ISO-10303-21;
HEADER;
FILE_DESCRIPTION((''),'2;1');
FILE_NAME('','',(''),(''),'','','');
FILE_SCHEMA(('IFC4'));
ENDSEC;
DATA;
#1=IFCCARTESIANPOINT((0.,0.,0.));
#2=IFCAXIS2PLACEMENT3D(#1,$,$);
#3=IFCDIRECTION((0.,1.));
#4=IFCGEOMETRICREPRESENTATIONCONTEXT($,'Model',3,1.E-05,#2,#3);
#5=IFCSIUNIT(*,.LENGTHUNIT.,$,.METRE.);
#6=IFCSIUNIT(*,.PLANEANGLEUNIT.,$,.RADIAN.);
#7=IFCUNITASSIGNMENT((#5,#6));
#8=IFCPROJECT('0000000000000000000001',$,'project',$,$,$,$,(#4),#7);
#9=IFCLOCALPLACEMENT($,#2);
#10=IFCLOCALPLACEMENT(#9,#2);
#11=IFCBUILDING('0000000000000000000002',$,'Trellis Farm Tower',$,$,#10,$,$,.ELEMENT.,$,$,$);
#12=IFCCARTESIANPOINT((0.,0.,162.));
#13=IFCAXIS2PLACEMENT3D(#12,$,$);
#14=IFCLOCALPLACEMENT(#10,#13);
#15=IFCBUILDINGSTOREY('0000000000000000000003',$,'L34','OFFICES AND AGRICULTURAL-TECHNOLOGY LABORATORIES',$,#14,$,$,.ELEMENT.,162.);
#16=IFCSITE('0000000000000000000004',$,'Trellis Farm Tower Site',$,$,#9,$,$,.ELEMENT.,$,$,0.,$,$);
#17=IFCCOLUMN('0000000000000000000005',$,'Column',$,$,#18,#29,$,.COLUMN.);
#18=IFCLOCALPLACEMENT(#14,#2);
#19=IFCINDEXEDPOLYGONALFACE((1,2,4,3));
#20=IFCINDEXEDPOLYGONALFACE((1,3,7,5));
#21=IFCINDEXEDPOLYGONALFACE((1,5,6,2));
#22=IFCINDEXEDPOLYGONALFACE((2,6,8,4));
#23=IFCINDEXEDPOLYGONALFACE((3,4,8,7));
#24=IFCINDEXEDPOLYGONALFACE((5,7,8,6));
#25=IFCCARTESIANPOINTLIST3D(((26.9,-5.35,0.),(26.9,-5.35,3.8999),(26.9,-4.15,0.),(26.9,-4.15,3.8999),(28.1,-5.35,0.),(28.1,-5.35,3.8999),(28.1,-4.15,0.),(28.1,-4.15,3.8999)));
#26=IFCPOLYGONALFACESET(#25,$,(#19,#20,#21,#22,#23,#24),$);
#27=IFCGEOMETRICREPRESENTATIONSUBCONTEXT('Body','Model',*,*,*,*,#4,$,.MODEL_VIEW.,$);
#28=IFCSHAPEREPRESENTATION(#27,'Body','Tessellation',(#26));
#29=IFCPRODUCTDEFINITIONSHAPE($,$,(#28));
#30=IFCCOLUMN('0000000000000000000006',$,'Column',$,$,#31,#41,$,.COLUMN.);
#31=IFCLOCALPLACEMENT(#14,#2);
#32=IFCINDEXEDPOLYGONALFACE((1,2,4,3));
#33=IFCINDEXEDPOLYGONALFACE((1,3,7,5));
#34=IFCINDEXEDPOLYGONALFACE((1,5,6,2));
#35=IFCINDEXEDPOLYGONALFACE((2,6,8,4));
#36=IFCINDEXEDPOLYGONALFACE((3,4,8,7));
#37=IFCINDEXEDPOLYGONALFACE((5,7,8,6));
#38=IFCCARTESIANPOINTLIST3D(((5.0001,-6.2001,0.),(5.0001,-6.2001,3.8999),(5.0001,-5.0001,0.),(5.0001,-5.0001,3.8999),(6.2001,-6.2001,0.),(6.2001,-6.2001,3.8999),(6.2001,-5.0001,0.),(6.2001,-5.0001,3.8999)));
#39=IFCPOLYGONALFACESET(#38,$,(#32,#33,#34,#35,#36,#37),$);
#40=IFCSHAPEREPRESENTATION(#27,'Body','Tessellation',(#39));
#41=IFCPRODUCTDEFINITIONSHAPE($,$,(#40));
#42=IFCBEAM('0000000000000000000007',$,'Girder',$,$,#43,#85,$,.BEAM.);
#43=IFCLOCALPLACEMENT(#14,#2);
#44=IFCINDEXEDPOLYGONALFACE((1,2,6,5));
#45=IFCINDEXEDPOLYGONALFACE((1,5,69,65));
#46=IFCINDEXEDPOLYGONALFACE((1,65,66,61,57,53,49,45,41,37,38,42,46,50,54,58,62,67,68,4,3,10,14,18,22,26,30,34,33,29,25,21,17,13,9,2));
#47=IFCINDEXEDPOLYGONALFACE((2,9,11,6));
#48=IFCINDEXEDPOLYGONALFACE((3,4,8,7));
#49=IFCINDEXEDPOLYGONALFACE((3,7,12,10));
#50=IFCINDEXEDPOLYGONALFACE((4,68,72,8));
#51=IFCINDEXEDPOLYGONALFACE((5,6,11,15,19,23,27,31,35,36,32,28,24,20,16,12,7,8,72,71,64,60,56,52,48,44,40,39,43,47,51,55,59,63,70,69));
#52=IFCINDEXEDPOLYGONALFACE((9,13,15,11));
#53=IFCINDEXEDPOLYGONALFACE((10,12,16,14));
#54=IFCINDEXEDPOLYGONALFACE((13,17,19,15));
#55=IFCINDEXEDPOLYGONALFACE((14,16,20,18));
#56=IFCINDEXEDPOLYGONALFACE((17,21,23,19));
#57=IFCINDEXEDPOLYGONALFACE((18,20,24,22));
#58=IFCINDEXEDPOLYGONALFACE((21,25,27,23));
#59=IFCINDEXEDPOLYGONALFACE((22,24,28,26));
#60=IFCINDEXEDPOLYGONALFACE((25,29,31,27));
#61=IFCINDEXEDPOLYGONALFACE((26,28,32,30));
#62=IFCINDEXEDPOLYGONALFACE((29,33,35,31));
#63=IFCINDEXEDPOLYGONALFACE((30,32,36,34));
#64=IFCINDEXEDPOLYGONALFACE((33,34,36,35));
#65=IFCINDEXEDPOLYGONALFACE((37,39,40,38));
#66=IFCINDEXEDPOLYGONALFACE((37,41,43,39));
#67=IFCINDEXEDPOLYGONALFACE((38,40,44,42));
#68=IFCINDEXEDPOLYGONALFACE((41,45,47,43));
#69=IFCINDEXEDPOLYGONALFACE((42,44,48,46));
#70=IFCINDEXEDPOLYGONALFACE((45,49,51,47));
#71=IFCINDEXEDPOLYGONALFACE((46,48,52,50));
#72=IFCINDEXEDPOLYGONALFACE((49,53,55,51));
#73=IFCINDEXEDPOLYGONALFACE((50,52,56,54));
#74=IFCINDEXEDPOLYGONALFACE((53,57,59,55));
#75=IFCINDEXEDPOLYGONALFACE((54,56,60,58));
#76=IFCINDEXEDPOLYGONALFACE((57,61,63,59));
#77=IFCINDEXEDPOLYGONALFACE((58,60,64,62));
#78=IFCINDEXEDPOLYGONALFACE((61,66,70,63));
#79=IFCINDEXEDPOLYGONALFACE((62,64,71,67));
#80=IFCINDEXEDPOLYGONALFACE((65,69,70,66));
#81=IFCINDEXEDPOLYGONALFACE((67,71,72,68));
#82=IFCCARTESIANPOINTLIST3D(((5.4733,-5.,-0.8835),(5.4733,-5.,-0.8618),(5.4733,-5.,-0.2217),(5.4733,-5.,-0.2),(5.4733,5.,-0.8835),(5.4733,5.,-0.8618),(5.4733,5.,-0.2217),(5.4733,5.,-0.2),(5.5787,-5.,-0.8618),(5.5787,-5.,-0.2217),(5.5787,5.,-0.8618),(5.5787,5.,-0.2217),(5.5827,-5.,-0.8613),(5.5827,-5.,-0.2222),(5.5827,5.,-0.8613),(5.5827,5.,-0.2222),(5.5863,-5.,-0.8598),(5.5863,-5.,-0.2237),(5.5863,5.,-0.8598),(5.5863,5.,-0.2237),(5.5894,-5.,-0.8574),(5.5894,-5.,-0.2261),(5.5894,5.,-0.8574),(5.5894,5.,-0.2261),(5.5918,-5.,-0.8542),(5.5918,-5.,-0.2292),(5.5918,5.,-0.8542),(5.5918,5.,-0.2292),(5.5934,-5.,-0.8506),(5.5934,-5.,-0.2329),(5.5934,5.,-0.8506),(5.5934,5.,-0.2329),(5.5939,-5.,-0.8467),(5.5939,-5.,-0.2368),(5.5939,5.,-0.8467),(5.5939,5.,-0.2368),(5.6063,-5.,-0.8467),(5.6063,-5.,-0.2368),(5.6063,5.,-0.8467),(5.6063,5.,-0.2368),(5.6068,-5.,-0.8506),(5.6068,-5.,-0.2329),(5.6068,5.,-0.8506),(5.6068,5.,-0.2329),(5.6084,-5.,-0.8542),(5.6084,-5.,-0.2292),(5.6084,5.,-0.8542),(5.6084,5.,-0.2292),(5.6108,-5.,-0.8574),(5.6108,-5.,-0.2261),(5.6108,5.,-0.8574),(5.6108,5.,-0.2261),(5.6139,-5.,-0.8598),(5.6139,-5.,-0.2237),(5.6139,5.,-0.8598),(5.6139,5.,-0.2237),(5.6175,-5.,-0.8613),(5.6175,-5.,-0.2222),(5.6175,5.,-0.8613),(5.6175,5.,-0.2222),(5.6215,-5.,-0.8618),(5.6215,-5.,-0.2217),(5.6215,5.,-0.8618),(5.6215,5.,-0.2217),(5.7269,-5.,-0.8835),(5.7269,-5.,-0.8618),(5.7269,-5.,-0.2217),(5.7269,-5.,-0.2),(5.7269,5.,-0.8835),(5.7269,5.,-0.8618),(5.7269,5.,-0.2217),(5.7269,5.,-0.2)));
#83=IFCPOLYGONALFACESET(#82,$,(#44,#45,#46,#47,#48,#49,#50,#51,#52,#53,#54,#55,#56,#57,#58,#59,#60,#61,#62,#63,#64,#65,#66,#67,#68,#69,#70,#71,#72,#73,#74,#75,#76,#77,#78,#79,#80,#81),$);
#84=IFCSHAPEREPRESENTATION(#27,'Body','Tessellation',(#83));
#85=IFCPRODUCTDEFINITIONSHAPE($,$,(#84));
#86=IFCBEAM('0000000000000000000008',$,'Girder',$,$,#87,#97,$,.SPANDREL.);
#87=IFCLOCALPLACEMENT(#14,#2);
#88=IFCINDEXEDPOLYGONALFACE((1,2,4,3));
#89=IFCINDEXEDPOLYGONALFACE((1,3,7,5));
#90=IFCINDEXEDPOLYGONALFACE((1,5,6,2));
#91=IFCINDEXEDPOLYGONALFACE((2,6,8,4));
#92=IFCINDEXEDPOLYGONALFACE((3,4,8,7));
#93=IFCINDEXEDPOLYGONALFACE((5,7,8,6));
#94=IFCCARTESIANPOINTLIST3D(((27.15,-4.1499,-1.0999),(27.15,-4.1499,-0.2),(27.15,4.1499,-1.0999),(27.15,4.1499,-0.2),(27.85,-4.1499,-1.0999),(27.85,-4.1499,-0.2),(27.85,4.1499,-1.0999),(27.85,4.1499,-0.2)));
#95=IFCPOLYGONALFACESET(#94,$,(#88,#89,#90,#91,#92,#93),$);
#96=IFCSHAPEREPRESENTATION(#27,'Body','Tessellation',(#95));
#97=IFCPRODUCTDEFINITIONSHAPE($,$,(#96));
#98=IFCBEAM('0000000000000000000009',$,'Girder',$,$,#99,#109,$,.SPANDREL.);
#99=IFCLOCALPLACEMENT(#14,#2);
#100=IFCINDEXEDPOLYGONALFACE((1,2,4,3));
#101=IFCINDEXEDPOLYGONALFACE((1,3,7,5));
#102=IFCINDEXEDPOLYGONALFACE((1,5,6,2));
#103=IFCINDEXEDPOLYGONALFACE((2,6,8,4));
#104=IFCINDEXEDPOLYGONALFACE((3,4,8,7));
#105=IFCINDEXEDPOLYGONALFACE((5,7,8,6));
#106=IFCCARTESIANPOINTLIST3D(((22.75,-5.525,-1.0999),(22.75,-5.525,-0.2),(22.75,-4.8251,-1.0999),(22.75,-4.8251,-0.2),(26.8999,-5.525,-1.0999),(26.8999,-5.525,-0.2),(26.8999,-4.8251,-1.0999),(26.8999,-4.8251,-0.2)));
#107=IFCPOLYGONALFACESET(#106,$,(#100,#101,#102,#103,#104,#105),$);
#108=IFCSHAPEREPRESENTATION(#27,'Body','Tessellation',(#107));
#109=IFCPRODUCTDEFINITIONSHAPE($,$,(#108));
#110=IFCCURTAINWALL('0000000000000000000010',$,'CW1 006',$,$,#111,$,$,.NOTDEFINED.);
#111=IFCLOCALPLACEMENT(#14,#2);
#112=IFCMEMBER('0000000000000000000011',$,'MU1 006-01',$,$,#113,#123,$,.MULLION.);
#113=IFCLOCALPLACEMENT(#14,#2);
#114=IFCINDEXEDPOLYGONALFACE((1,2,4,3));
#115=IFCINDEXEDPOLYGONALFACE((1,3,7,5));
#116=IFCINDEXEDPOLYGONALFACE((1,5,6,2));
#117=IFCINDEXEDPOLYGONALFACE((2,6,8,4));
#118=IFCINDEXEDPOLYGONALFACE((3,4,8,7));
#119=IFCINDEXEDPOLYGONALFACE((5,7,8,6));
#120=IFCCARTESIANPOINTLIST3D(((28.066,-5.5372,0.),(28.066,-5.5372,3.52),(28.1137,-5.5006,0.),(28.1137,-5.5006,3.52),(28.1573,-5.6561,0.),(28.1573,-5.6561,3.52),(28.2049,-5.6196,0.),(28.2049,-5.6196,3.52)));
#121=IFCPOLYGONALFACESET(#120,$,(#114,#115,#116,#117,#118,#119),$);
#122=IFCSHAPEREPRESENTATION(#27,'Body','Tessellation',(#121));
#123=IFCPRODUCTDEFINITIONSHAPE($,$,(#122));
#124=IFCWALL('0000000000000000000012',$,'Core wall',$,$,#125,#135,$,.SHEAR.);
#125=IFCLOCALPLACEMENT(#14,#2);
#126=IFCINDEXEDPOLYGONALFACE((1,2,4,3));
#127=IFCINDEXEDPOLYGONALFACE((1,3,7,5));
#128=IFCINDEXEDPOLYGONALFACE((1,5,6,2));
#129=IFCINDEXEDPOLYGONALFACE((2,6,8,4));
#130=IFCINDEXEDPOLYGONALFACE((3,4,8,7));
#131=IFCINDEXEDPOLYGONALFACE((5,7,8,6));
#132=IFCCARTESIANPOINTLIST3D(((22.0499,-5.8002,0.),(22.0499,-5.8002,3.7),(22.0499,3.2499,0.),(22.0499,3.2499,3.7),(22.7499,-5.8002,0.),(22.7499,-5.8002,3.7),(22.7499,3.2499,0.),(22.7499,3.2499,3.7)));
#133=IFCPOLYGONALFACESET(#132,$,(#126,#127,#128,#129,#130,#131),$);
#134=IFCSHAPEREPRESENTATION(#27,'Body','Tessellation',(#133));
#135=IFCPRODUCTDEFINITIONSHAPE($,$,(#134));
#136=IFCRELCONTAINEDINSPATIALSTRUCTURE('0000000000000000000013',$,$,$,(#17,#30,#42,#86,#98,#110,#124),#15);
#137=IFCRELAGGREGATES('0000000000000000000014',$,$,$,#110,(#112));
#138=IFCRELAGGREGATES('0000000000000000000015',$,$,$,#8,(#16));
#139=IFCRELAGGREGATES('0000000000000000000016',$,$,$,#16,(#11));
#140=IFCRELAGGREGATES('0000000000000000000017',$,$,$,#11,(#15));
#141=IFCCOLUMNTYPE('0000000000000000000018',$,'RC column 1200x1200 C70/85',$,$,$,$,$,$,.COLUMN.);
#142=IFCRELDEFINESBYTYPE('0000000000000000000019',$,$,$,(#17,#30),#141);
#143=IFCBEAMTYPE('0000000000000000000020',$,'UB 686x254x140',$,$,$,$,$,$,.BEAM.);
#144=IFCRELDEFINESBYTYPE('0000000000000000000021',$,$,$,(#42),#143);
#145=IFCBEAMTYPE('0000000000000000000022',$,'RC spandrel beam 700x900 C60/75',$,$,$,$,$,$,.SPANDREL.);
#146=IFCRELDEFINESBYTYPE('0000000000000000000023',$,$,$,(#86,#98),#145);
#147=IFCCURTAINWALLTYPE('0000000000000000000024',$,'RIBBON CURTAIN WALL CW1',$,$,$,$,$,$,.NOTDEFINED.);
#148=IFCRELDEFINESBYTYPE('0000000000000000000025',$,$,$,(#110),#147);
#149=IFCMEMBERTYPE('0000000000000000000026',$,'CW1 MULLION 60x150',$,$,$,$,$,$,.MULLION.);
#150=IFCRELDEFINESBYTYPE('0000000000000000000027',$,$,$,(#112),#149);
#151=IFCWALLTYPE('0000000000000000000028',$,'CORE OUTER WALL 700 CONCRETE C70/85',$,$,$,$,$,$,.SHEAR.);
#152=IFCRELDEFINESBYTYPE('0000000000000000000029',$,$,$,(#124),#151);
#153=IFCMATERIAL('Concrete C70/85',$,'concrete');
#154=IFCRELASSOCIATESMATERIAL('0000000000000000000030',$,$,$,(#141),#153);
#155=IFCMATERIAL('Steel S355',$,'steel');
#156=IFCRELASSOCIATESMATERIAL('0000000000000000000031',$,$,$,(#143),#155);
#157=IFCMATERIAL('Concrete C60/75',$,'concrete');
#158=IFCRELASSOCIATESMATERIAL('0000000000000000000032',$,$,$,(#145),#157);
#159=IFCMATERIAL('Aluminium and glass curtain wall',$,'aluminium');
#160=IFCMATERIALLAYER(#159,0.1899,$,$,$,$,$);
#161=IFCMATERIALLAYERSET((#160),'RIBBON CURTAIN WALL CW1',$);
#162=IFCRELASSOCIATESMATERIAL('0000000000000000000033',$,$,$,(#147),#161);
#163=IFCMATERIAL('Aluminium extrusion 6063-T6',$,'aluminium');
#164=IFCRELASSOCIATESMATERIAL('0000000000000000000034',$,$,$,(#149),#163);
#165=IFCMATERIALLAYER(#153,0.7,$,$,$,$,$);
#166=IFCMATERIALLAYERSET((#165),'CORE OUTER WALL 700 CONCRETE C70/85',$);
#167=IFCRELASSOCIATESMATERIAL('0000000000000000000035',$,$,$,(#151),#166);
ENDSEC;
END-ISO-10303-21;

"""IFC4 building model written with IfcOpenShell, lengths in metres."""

from ifc_helpers import new_model, si_unit, direction, frame, frame_2d, origin, origin_2d, place, context, subcontext, project, spatial, rectangle, i_section, extrude, source, transform, mapped, material, layer, layer_set, material_profile, profile_set, type_object, element, aggregate, save


model = new_model("IFC4")

# Units and contexts
model_context = context("Model", 3, precision=1e-05, world=origin(), true_north=direction((0.0, 1.0)))
body_context = subcontext(model_context, "Body", "Model", "MODEL_VIEW")
ifc_project = project(units=[si_unit("LENGTHUNIT", "METRE"), si_unit("PLANEANGLEUNIT", "RADIAN")], contexts=[model_context])

# Site, building, storey
site_placement = place(None, origin())
site = spatial("IfcSite", under=ifc_project, at=site_placement, Name="Trellis Farm Tower Site", CompositionType="ELEMENT", RefElevation=0.0)
building_placement = place(site_placement, origin())
building = spatial("IfcBuilding", under=site, at=building_placement, Name="Trellis Farm Tower", CompositionType="ELEMENT")
storey_placement = place(building_placement, frame((0.0, 0.0, 162.0)))
storey = spatial("IfcBuildingStorey", under=building, at=storey_placement, Name="L34", Description="OFFICES AND AGRICULTURAL-TECHNOLOGY LABORATORIES", CompositionType="ELEMENT", Elevation=162.0)

# Columns
ifc_material_1 = material(Name="Concrete C70/85", Category="concrete")
ifc_material_profile_1 = material_profile(ifc_material_1, rectangle(XDim=1.2, YDim=1.2, at=origin_2d()), Name="RC column 1200x1200 C70/85")
ifc_profile_set_1 = profile_set([ifc_material_profile_1], Name="Concrete C70/85")
column_type = type_object("IfcColumnType", Name="RC column 1200x1200 C70/85", PredefinedType="COLUMN", material=ifc_profile_set_1)
shared_shape_1 = source(origin(), body_context, "Body", "SweptSolid", [
    extrude(rectangle(XDim=1.2, YDim=1.2, at=origin_2d()), origin(), (0.0, 0.0, 1.0), 3.8999),
])
for number, where, z_axis, x_axis, name in (
    (1, (27.5, -4.75, 0.0), (0.0, 0.0, 1.0), (1.0, 0.0, 0.0), "Column"),
    (2, (5.6001, -5.6001, 0.0), (0.0, 0.0, 1.0), (1.0, 0.0, 0.0), "Column"),
):
    element("IfcColumn", number, at=place(storey_placement, frame(where, z_axis=z_axis, x_axis=x_axis)), inside=storey, type_object=column_type, Name=name, PredefinedType="COLUMN", context=body_context, shape_type="MappedRepresentation", body=[
        mapped(shared_shape_1, transform((0.0, 0.0, 0.0))),
    ])

# Beams
ifc_material_2 = material(Name="Steel S355", Category="steel")
ifc_material_profile_2 = material_profile(ifc_material_2, i_section(OverallWidth=0.2537, OverallDepth=0.6836, WebThickness=0.0125, FlangeThickness=0.0217, FilletRadius=0.0151, at=origin_2d()), Name="UB 686x254x140")
ifc_profile_set_2 = profile_set([ifc_material_profile_2], Name="Steel S355")
beam_type_1 = type_object("IfcBeamType", Name="UB 686x254x140", PredefinedType="BEAM", material=ifc_profile_set_2)
shared_shape_2 = source(origin(), body_context, "Body", "SweptSolid", [
    extrude(i_section(OverallWidth=0.2537, OverallDepth=0.6836, WebThickness=0.0125, FlangeThickness=0.0217, FilletRadius=0.0151, at=origin_2d()), origin(), (0.0, 0.0, 1.0), 10.0),
])
beam_1_placement = place(storey_placement, frame((5.6001, -5.0, -0.5417), z_axis=(0.0, 1.0, 0.0), x_axis=(-1.0, 0.0, 0.0)))
element("IfcBeam", 3, at=beam_1_placement, inside=storey, type_object=beam_type_1, Name="Girder", PredefinedType="BEAM", context=body_context, shape_type="MappedRepresentation", body=[
    mapped(shared_shape_2, transform((0.0, 0.0, 0.0))),
])
ifc_material_3 = material(Name="Concrete C60/75", Category="concrete")
ifc_material_profile_3 = material_profile(ifc_material_3, rectangle(XDim=0.7, YDim=0.8999, at=origin_2d()), Name="RC spandrel beam 700x900 C60/75")
ifc_profile_set_3 = profile_set([ifc_material_profile_3], Name="Concrete C60/75")
beam_type_2 = type_object("IfcBeamType", Name="RC spandrel beam 700x900 C60/75", PredefinedType="SPANDREL", material=ifc_profile_set_3)
shared_shape_3 = source(origin(), body_context, "Body", "SweptSolid", [
    extrude(rectangle(XDim=0.7, YDim=0.8999, at=origin_2d()), origin(), (0.0, 0.0, 1.0), 8.2998),
])
beam_2_placement = place(storey_placement, frame((27.5, -4.1499, -0.6499), z_axis=(0.0, 1.0, 0.0), x_axis=(-1.0, 0.0, 0.0)))
element("IfcBeam", 4, at=beam_2_placement, inside=storey, type_object=beam_type_2, Name="Girder", PredefinedType="SPANDREL", context=body_context, shape_type="MappedRepresentation", body=[
    mapped(shared_shape_3, transform((0.0, 0.0, 0.0))),
])
shared_shape_4 = source(origin(), body_context, "Body", "SweptSolid", [
    extrude(rectangle(XDim=0.7, YDim=0.8999, at=origin_2d()), origin(), (0.0, 0.0, 1.0), 4.1499),
])
beam_3_placement = place(storey_placement, frame((22.75, -5.175, -0.6499), z_axis=(1.0, 0.0, 0.0), x_axis=(0.0, 1.0, 0.0)))
element("IfcBeam", 5, at=beam_3_placement, inside=storey, type_object=beam_type_2, Name="Girder", PredefinedType="SPANDREL", context=body_context, shape_type="MappedRepresentation", body=[
    mapped(shared_shape_4, transform((0.0, 0.0, 0.0))),
])

# Curtain wall, member
ifc_material_4 = material(Name="Aluminium and glass curtain wall", Category="aluminium")
ifc_layer_1 = layer(ifc_material_4, 0.1899)
ifc_layer_set_1 = layer_set([ifc_layer_1], Name="RIBBON CURTAIN WALL CW1")
curtain_wall_type = type_object("IfcCurtainWallType", Name="RIBBON CURTAIN WALL CW1", PredefinedType="NOTDEFINED", material=ifc_layer_set_1)
placement = place(storey_placement, origin())
curtain_wall = element("IfcCurtainWall", 6, at=placement, inside=storey, type_object=curtain_wall_type, Name="CW1 006", PredefinedType="NOTDEFINED")
ifc_material_5 = material(Name="Aluminium extrusion 6063-T6", Category="aluminium")
ifc_material_profile_4 = material_profile(ifc_material_5, rectangle(XDim=0.0601, YDim=0.1499, at=origin_2d()), Name="MULLION 60x150")
ifc_profile_set_4 = profile_set([ifc_material_profile_4], Name="Aluminium extrusion 6063-T6")
member_type = type_object("IfcMemberType", Name="CW1 MULLION 60x150", PredefinedType="MULLION", material=ifc_profile_set_4)
shared_shape_5 = source(origin(), body_context, "Body", "SweptSolid", [
    extrude(rectangle(XDim=0.0601, YDim=0.1499, at=origin_2d()), origin(), (0.0, 0.0, 1.0), 3.52),
])
member_placement = place(storey_placement, frame((28.1355, -5.5784, 0.0), z_axis=(0.0, 0.0, 1.0), x_axis=(0.793353, 0.608761, 0.0)))
member = element("IfcMember", 7, at=member_placement, type_object=member_type, Name="MU1 006-01", PredefinedType="MULLION", context=body_context, shape_type="MappedRepresentation", body=[
    mapped(shared_shape_5, transform((0.0, 0.0, 0.0))),
])
aggregate(curtain_wall, [member])

# Wall
ifc_layer_2 = layer(ifc_material_1, 0.7)
ifc_layer_set_2 = layer_set([ifc_layer_2], Name="CORE OUTER WALL 700 CONCRETE C70/85")
wall_type_1 = type_object("IfcWallType", Name="CORE OUTER WALL 700 CONCRETE C70/85", PredefinedType="SHEAR", material=ifc_layer_set_2)
shared_shape_6 = source(origin(), body_context, "Body", "SweptSolid", [
    extrude(rectangle(XDim=9.05, YDim=0.7, at=frame_2d((4.5249, 0.0))), origin(), (0.0, 0.0, 1.0), 3.7),
])
wall_1_placement = place(storey_placement, frame((22.3999, -5.8, 0.0), z_axis=(0.0, 0.0, 1.0), x_axis=(0.0, 1.0, 0.0)))
element("IfcWall", 8, at=wall_1_placement, inside=storey, type_object=wall_type_1, Name="Core wall", PredefinedType="SHEAR", context=body_context, shape_type="MappedRepresentation", body=[
    mapped(shared_shape_6, transform((0.0, 0.0, 0.0))),
])

save(model, "model.ifc")
